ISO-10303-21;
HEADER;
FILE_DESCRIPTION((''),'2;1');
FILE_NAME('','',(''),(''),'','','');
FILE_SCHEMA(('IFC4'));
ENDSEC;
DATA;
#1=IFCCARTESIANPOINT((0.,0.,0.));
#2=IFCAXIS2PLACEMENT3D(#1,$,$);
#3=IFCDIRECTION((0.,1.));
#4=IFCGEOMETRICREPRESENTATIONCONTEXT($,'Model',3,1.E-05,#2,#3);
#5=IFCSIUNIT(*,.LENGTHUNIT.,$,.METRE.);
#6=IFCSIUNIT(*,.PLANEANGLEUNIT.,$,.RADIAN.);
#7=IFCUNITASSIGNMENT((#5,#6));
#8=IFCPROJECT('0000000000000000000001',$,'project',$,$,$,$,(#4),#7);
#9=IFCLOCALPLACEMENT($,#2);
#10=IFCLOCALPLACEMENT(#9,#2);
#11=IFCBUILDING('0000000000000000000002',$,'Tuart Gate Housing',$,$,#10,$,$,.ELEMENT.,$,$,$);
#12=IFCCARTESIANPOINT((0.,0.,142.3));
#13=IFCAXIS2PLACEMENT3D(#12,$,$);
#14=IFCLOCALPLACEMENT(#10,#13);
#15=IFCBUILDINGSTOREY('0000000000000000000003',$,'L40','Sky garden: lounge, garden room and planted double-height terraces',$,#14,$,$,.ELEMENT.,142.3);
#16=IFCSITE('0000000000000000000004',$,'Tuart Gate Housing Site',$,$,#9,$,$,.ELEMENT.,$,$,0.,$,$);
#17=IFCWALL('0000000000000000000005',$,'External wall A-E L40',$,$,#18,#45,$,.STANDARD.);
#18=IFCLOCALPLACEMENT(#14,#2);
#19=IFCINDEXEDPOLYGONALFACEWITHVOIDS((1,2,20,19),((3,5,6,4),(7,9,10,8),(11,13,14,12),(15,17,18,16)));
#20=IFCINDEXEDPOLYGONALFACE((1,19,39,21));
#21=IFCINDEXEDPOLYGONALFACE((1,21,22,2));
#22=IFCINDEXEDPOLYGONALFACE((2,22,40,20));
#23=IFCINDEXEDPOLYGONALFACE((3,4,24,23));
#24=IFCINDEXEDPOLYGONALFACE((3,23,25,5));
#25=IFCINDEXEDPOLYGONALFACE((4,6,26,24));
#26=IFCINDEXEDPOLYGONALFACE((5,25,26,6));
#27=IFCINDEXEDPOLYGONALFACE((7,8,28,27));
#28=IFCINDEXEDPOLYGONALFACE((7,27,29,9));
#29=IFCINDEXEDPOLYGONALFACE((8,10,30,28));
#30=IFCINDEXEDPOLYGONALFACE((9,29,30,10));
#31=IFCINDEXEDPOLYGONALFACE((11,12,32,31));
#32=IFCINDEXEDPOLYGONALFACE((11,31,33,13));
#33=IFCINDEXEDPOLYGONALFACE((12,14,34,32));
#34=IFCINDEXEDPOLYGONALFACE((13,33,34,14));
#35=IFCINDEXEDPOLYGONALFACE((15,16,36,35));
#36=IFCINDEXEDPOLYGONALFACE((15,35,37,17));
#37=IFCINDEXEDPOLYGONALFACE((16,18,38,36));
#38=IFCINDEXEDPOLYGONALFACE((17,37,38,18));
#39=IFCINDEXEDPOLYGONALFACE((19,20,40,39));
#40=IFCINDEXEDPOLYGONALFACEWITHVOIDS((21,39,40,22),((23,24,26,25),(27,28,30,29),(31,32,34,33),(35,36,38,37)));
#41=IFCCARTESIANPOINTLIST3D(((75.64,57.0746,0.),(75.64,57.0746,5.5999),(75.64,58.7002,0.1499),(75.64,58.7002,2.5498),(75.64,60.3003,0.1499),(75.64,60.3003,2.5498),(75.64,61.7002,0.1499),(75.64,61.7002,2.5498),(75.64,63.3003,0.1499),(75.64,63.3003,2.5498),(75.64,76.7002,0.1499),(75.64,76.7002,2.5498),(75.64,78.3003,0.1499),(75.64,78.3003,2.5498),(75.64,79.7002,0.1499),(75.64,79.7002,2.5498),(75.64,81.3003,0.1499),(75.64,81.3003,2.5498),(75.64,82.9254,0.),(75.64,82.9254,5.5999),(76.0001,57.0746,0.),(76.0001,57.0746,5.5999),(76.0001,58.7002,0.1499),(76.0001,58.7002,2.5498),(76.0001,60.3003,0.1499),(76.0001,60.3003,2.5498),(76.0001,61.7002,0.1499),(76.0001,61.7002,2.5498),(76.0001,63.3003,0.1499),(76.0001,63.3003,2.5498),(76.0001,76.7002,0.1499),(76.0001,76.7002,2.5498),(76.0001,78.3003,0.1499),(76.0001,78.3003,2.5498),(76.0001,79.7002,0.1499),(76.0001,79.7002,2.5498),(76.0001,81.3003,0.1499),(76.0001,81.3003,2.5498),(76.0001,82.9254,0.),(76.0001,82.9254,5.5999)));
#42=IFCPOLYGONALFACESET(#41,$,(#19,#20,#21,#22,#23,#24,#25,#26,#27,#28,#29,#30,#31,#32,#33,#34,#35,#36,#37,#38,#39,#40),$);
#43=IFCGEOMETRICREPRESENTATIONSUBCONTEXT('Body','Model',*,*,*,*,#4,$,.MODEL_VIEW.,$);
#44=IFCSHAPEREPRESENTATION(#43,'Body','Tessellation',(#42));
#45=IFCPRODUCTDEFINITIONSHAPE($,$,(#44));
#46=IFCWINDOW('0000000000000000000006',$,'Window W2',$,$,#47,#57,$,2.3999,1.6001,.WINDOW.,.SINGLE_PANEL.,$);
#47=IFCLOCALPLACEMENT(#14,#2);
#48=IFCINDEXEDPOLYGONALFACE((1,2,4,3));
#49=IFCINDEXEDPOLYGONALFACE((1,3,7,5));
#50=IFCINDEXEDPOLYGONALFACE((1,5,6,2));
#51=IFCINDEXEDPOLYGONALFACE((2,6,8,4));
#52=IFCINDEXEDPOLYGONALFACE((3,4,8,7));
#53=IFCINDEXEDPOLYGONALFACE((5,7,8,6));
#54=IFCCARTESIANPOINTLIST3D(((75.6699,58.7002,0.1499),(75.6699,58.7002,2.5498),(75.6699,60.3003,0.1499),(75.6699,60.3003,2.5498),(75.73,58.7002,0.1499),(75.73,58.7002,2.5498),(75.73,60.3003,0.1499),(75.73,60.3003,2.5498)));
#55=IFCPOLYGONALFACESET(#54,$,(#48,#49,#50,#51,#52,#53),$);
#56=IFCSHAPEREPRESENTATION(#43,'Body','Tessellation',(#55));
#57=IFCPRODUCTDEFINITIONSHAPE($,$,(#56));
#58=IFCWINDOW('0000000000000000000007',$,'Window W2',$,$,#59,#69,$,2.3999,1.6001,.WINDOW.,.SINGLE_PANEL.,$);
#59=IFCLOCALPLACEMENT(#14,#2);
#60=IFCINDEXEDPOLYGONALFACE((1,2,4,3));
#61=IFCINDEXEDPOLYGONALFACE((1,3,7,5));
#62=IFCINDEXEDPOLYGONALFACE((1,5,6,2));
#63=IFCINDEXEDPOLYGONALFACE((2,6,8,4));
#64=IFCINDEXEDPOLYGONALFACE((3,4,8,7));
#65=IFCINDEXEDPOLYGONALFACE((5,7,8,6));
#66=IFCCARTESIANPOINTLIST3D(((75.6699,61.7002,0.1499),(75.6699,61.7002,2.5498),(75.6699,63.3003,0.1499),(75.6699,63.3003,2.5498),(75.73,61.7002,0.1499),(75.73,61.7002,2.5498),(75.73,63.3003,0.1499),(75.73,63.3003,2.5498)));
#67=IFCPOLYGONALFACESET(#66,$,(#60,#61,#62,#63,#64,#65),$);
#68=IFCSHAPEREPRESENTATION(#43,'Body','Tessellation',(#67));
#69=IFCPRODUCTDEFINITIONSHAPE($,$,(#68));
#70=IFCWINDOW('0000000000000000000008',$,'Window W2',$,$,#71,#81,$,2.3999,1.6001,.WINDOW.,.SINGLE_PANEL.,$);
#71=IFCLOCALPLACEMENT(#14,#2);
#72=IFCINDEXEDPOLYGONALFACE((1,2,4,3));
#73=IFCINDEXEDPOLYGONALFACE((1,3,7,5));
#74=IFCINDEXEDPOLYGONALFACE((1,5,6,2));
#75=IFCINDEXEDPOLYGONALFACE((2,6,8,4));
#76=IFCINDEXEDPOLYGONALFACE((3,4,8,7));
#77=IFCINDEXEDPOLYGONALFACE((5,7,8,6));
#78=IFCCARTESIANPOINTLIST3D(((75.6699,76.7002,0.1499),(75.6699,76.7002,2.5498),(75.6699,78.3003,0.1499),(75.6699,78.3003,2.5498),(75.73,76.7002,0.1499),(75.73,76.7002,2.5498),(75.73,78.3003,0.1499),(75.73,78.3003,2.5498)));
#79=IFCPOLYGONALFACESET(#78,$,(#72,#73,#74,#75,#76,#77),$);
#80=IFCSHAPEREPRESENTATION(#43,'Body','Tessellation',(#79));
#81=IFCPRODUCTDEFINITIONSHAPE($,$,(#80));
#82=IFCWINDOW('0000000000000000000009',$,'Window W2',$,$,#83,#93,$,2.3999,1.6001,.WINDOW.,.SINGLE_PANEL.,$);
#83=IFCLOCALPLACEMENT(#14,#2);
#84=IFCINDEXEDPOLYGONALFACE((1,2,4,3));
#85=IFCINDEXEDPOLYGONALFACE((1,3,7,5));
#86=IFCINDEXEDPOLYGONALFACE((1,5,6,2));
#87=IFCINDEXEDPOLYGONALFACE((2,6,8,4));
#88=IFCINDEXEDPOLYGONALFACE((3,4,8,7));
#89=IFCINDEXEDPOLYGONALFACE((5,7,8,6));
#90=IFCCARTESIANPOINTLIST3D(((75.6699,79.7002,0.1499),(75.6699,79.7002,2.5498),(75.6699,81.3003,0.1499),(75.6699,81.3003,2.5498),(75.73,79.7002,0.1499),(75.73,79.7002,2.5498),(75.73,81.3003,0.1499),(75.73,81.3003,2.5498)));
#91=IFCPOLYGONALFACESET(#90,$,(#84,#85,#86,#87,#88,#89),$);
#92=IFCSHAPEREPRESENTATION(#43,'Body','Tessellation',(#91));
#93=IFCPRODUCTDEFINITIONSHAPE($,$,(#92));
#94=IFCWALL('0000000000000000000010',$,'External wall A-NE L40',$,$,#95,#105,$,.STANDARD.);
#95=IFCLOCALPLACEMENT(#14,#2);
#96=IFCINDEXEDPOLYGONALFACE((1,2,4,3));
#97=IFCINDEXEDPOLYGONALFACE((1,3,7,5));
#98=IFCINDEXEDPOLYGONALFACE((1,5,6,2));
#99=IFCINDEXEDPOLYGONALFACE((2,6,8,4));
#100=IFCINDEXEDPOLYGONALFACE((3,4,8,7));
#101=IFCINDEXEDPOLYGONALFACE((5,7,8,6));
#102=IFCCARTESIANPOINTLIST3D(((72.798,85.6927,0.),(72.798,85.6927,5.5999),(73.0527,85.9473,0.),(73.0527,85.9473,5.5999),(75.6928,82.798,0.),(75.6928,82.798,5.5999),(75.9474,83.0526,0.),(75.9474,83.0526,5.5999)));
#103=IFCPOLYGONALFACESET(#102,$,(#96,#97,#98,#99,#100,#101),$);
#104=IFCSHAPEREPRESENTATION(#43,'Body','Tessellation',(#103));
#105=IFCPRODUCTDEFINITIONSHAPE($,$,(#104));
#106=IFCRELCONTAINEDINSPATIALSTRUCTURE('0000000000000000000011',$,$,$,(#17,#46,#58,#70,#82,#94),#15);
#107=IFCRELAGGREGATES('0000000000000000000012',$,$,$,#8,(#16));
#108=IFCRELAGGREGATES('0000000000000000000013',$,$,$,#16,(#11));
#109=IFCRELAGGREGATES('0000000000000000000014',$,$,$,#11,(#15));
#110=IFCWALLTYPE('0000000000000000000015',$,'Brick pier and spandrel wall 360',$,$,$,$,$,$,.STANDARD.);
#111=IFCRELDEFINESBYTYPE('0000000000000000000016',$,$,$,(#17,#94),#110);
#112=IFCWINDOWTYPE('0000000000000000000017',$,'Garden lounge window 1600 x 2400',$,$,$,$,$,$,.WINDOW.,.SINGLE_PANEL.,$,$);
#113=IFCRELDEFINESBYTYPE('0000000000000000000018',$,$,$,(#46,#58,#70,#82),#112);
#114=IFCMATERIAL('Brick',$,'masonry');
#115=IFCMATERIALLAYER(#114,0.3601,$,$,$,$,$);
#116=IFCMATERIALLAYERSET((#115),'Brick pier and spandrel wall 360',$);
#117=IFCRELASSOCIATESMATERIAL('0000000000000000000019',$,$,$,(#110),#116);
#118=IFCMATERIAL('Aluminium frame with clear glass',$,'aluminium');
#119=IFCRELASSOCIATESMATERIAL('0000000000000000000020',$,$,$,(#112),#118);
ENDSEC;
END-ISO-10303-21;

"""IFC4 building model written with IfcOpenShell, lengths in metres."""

from ifc_helpers import new_model, si_unit, direction, frame, frame_2d, origin, place, context, subcontext, project, spatial, rectangle, extrude, material, layer, layer_set, type_object, element, fill, save


model = new_model("IFC4")

# Units and contexts
model_context = context("Model", 3, precision=1e-05, world=origin(), true_north=direction((0.0, 1.0)))
body_context = subcontext(model_context, "Body", "Model", "MODEL_VIEW")
ifc_project = project(units=[si_unit("LENGTHUNIT", "METRE"), si_unit("PLANEANGLEUNIT", "RADIAN")], contexts=[model_context])

# Site, building, storey
site_placement = place(None, origin())
site = spatial("IfcSite", under=ifc_project, at=site_placement, Name="Tuart Gate Housing Site", CompositionType="ELEMENT", RefElevation=0.0)
building_placement = place(site_placement, origin())
building = spatial("IfcBuilding", under=site, at=building_placement, Name="Tuart Gate Housing", CompositionType="ELEMENT")
storey_placement = place(building_placement, frame((0.0, 0.0, 142.3)))
storey = spatial("IfcBuildingStorey", under=building, at=storey_placement, Name="L40", Description="Sky garden: lounge, garden room and planted double-height terraces", CompositionType="ELEMENT", Elevation=142.3)

# Wall, openings, windows
ifc_material_1 = material(Name="Brick", Category="masonry")
ifc_layer = layer(ifc_material_1, 0.3601)
ifc_layer_set = layer_set([ifc_layer], Name="Brick pier and spandrel wall 360")
wall_type = type_object("IfcWallType", Name="Brick pier and spandrel wall 360", PredefinedType="STANDARD", material=ifc_layer_set)
wall_1_placement = place(storey_placement, frame((75.8201, 57.0747, 0.0), z_axis=(0.0, 0.0, 1.0), x_axis=(0.0, 1.0, 0.0)))
wall_1 = element("IfcWall", 1, at=wall_1_placement, inside=storey, type_object=wall_type, Name="External wall A-E L40", PredefinedType="STANDARD", context=body_context, shape_type="SweptSolid", body=[
    extrude(rectangle(XDim=25.8508, YDim=0.3601, at=frame_2d((12.9253, 0.0))), origin(), (0.0, 0.0, 1.0), 5.5999),
])
opening_1_placement = place(wall_1_placement, frame((1.6255, 0.0, 0.1499)))
opening_1 = element("IfcOpeningElement", 2, at=opening_1_placement, cuts=wall_1, PredefinedType="OPENING", context=body_context, shape_type="SweptSolid", body=[
    extrude(rectangle(XDim=1.6001, YDim=2.3999, at=frame_2d((0.8, 1.2))), frame((0.0, 0.1899, 0.0), z_axis=(0.0, -1.0, 0.0), x_axis=(1.0, 0.0, 0.0)), (0.0, 0.0, 1.0), 0.3801),
])
opening_2_placement = place(wall_1_placement, frame((4.6255, 0.0, 0.1499)))
opening_2 = element("IfcOpeningElement", 3, at=opening_2_placement, cuts=wall_1, PredefinedType="OPENING", context=body_context, shape_type="SweptSolid", body=[
    extrude(rectangle(XDim=1.6001, YDim=2.3999, at=frame_2d((0.8, 1.2))), frame((0.0, 0.1899, 0.0), z_axis=(0.0, -1.0, 0.0), x_axis=(1.0, 0.0, 0.0)), (0.0, 0.0, 1.0), 0.3801),
])
opening_3_placement = place(wall_1_placement, frame((19.6255, 0.0, 0.1499)))
opening_3 = element("IfcOpeningElement", 4, at=opening_3_placement, cuts=wall_1, PredefinedType="OPENING", context=body_context, shape_type="SweptSolid", body=[
    extrude(rectangle(XDim=1.6001, YDim=2.3999, at=frame_2d((0.8, 1.2))), frame((0.0, 0.1899, 0.0), z_axis=(0.0, -1.0, 0.0), x_axis=(1.0, 0.0, 0.0)), (0.0, 0.0, 1.0), 0.3801),
])
opening_4_placement = place(wall_1_placement, frame((22.6255, 0.0, 0.1499)))
opening_4 = element("IfcOpeningElement", 5, at=opening_4_placement, cuts=wall_1, PredefinedType="OPENING", context=body_context, shape_type="SweptSolid", body=[
    extrude(rectangle(XDim=1.6001, YDim=2.3999, at=frame_2d((0.8, 1.2))), frame((0.0, 0.1899, 0.0), z_axis=(0.0, -1.0, 0.0), x_axis=(1.0, 0.0, 0.0)), (0.0, 0.0, 1.0), 0.3801),
])
ifc_material_2 = material(Name="Aluminium frame with clear glass", Category="aluminium")
window_type = type_object("IfcWindowType", Name="Garden lounge window 1600 x 2400", PartitioningType="SINGLE_PANEL", PredefinedType="WINDOW", material=ifc_material_2)
window_1_placement = place(opening_1_placement, origin())
window_1 = element("IfcWindow", 6, at=window_1_placement, inside=storey, type_object=window_type, Name="Window W2", OverallHeight=2.3999, OverallWidth=1.6001, PartitioningType="SINGLE_PANEL", PredefinedType="WINDOW", context=body_context, shape_type="SweptSolid", body=[
    extrude(rectangle(XDim=1.6001, YDim=2.3999, at=frame_2d((0.8, 1.2))), frame((0.0, 0.1501, 0.0), z_axis=(0.0, -1.0, 0.0), x_axis=(1.0, 0.0, 0.0)), (0.0, 0.0, 1.0), 0.0601),
])
fill(opening_1, window_1)
window_2_placement = place(opening_2_placement, origin())
window_2 = element("IfcWindow", 7, at=window_2_placement, inside=storey, type_object=window_type, Name="Window W2", OverallHeight=2.3999, OverallWidth=1.6001, PartitioningType="SINGLE_PANEL", PredefinedType="WINDOW", context=body_context, shape_type="SweptSolid", body=[
    extrude(rectangle(XDim=1.6001, YDim=2.3999, at=frame_2d((0.8, 1.2))), frame((0.0, 0.1501, 0.0), z_axis=(0.0, -1.0, 0.0), x_axis=(1.0, 0.0, 0.0)), (0.0, 0.0, 1.0), 0.0601),
])
fill(opening_2, window_2)
window_3_placement = place(opening_3_placement, origin())
window_3 = element("IfcWindow", 8, at=window_3_placement, inside=storey, type_object=window_type, Name="Window W2", OverallHeight=2.3999, OverallWidth=1.6001, PartitioningType="SINGLE_PANEL", PredefinedType="WINDOW", context=body_context, shape_type="SweptSolid", body=[
    extrude(rectangle(XDim=1.6001, YDim=2.3999, at=frame_2d((0.8, 1.2))), frame((0.0, 0.1501, 0.0), z_axis=(0.0, -1.0, 0.0), x_axis=(1.0, 0.0, 0.0)), (0.0, 0.0, 1.0), 0.0601),
])
fill(opening_3, window_3)
window_4_placement = place(opening_4_placement, origin())
window_4 = element("IfcWindow", 9, at=window_4_placement, inside=storey, type_object=window_type, Name="Window W2", OverallHeight=2.3999, OverallWidth=1.6001, PartitioningType="SINGLE_PANEL", PredefinedType="WINDOW", context=body_context, shape_type="SweptSolid", body=[
    extrude(rectangle(XDim=1.6001, YDim=2.3999, at=frame_2d((0.8, 1.2))), frame((0.0, 0.1501, 0.0), z_axis=(0.0, -1.0, 0.0), x_axis=(1.0, 0.0, 0.0)), (0.0, 0.0, 1.0), 0.0601),
])
fill(opening_4, window_4)

# Wall
wall_2_placement = place(storey_placement, frame((75.8201, 82.9253, 0.0), z_axis=(0.0, 0.0, 1.0), x_axis=(-0.707107, 0.707107, 0.0)))
element("IfcWall", 10, at=wall_2_placement, inside=storey, type_object=wall_type, Name="External wall A-NE L40", PredefinedType="STANDARD", context=body_context, shape_type="SweptSolid", body=[
    extrude(rectangle(XDim=4.0938, YDim=0.3601, at=frame_2d((2.0469, 0.0))), origin(), (0.0, 0.0, 1.0), 5.5999),
])

save(model, "model.ifc")
